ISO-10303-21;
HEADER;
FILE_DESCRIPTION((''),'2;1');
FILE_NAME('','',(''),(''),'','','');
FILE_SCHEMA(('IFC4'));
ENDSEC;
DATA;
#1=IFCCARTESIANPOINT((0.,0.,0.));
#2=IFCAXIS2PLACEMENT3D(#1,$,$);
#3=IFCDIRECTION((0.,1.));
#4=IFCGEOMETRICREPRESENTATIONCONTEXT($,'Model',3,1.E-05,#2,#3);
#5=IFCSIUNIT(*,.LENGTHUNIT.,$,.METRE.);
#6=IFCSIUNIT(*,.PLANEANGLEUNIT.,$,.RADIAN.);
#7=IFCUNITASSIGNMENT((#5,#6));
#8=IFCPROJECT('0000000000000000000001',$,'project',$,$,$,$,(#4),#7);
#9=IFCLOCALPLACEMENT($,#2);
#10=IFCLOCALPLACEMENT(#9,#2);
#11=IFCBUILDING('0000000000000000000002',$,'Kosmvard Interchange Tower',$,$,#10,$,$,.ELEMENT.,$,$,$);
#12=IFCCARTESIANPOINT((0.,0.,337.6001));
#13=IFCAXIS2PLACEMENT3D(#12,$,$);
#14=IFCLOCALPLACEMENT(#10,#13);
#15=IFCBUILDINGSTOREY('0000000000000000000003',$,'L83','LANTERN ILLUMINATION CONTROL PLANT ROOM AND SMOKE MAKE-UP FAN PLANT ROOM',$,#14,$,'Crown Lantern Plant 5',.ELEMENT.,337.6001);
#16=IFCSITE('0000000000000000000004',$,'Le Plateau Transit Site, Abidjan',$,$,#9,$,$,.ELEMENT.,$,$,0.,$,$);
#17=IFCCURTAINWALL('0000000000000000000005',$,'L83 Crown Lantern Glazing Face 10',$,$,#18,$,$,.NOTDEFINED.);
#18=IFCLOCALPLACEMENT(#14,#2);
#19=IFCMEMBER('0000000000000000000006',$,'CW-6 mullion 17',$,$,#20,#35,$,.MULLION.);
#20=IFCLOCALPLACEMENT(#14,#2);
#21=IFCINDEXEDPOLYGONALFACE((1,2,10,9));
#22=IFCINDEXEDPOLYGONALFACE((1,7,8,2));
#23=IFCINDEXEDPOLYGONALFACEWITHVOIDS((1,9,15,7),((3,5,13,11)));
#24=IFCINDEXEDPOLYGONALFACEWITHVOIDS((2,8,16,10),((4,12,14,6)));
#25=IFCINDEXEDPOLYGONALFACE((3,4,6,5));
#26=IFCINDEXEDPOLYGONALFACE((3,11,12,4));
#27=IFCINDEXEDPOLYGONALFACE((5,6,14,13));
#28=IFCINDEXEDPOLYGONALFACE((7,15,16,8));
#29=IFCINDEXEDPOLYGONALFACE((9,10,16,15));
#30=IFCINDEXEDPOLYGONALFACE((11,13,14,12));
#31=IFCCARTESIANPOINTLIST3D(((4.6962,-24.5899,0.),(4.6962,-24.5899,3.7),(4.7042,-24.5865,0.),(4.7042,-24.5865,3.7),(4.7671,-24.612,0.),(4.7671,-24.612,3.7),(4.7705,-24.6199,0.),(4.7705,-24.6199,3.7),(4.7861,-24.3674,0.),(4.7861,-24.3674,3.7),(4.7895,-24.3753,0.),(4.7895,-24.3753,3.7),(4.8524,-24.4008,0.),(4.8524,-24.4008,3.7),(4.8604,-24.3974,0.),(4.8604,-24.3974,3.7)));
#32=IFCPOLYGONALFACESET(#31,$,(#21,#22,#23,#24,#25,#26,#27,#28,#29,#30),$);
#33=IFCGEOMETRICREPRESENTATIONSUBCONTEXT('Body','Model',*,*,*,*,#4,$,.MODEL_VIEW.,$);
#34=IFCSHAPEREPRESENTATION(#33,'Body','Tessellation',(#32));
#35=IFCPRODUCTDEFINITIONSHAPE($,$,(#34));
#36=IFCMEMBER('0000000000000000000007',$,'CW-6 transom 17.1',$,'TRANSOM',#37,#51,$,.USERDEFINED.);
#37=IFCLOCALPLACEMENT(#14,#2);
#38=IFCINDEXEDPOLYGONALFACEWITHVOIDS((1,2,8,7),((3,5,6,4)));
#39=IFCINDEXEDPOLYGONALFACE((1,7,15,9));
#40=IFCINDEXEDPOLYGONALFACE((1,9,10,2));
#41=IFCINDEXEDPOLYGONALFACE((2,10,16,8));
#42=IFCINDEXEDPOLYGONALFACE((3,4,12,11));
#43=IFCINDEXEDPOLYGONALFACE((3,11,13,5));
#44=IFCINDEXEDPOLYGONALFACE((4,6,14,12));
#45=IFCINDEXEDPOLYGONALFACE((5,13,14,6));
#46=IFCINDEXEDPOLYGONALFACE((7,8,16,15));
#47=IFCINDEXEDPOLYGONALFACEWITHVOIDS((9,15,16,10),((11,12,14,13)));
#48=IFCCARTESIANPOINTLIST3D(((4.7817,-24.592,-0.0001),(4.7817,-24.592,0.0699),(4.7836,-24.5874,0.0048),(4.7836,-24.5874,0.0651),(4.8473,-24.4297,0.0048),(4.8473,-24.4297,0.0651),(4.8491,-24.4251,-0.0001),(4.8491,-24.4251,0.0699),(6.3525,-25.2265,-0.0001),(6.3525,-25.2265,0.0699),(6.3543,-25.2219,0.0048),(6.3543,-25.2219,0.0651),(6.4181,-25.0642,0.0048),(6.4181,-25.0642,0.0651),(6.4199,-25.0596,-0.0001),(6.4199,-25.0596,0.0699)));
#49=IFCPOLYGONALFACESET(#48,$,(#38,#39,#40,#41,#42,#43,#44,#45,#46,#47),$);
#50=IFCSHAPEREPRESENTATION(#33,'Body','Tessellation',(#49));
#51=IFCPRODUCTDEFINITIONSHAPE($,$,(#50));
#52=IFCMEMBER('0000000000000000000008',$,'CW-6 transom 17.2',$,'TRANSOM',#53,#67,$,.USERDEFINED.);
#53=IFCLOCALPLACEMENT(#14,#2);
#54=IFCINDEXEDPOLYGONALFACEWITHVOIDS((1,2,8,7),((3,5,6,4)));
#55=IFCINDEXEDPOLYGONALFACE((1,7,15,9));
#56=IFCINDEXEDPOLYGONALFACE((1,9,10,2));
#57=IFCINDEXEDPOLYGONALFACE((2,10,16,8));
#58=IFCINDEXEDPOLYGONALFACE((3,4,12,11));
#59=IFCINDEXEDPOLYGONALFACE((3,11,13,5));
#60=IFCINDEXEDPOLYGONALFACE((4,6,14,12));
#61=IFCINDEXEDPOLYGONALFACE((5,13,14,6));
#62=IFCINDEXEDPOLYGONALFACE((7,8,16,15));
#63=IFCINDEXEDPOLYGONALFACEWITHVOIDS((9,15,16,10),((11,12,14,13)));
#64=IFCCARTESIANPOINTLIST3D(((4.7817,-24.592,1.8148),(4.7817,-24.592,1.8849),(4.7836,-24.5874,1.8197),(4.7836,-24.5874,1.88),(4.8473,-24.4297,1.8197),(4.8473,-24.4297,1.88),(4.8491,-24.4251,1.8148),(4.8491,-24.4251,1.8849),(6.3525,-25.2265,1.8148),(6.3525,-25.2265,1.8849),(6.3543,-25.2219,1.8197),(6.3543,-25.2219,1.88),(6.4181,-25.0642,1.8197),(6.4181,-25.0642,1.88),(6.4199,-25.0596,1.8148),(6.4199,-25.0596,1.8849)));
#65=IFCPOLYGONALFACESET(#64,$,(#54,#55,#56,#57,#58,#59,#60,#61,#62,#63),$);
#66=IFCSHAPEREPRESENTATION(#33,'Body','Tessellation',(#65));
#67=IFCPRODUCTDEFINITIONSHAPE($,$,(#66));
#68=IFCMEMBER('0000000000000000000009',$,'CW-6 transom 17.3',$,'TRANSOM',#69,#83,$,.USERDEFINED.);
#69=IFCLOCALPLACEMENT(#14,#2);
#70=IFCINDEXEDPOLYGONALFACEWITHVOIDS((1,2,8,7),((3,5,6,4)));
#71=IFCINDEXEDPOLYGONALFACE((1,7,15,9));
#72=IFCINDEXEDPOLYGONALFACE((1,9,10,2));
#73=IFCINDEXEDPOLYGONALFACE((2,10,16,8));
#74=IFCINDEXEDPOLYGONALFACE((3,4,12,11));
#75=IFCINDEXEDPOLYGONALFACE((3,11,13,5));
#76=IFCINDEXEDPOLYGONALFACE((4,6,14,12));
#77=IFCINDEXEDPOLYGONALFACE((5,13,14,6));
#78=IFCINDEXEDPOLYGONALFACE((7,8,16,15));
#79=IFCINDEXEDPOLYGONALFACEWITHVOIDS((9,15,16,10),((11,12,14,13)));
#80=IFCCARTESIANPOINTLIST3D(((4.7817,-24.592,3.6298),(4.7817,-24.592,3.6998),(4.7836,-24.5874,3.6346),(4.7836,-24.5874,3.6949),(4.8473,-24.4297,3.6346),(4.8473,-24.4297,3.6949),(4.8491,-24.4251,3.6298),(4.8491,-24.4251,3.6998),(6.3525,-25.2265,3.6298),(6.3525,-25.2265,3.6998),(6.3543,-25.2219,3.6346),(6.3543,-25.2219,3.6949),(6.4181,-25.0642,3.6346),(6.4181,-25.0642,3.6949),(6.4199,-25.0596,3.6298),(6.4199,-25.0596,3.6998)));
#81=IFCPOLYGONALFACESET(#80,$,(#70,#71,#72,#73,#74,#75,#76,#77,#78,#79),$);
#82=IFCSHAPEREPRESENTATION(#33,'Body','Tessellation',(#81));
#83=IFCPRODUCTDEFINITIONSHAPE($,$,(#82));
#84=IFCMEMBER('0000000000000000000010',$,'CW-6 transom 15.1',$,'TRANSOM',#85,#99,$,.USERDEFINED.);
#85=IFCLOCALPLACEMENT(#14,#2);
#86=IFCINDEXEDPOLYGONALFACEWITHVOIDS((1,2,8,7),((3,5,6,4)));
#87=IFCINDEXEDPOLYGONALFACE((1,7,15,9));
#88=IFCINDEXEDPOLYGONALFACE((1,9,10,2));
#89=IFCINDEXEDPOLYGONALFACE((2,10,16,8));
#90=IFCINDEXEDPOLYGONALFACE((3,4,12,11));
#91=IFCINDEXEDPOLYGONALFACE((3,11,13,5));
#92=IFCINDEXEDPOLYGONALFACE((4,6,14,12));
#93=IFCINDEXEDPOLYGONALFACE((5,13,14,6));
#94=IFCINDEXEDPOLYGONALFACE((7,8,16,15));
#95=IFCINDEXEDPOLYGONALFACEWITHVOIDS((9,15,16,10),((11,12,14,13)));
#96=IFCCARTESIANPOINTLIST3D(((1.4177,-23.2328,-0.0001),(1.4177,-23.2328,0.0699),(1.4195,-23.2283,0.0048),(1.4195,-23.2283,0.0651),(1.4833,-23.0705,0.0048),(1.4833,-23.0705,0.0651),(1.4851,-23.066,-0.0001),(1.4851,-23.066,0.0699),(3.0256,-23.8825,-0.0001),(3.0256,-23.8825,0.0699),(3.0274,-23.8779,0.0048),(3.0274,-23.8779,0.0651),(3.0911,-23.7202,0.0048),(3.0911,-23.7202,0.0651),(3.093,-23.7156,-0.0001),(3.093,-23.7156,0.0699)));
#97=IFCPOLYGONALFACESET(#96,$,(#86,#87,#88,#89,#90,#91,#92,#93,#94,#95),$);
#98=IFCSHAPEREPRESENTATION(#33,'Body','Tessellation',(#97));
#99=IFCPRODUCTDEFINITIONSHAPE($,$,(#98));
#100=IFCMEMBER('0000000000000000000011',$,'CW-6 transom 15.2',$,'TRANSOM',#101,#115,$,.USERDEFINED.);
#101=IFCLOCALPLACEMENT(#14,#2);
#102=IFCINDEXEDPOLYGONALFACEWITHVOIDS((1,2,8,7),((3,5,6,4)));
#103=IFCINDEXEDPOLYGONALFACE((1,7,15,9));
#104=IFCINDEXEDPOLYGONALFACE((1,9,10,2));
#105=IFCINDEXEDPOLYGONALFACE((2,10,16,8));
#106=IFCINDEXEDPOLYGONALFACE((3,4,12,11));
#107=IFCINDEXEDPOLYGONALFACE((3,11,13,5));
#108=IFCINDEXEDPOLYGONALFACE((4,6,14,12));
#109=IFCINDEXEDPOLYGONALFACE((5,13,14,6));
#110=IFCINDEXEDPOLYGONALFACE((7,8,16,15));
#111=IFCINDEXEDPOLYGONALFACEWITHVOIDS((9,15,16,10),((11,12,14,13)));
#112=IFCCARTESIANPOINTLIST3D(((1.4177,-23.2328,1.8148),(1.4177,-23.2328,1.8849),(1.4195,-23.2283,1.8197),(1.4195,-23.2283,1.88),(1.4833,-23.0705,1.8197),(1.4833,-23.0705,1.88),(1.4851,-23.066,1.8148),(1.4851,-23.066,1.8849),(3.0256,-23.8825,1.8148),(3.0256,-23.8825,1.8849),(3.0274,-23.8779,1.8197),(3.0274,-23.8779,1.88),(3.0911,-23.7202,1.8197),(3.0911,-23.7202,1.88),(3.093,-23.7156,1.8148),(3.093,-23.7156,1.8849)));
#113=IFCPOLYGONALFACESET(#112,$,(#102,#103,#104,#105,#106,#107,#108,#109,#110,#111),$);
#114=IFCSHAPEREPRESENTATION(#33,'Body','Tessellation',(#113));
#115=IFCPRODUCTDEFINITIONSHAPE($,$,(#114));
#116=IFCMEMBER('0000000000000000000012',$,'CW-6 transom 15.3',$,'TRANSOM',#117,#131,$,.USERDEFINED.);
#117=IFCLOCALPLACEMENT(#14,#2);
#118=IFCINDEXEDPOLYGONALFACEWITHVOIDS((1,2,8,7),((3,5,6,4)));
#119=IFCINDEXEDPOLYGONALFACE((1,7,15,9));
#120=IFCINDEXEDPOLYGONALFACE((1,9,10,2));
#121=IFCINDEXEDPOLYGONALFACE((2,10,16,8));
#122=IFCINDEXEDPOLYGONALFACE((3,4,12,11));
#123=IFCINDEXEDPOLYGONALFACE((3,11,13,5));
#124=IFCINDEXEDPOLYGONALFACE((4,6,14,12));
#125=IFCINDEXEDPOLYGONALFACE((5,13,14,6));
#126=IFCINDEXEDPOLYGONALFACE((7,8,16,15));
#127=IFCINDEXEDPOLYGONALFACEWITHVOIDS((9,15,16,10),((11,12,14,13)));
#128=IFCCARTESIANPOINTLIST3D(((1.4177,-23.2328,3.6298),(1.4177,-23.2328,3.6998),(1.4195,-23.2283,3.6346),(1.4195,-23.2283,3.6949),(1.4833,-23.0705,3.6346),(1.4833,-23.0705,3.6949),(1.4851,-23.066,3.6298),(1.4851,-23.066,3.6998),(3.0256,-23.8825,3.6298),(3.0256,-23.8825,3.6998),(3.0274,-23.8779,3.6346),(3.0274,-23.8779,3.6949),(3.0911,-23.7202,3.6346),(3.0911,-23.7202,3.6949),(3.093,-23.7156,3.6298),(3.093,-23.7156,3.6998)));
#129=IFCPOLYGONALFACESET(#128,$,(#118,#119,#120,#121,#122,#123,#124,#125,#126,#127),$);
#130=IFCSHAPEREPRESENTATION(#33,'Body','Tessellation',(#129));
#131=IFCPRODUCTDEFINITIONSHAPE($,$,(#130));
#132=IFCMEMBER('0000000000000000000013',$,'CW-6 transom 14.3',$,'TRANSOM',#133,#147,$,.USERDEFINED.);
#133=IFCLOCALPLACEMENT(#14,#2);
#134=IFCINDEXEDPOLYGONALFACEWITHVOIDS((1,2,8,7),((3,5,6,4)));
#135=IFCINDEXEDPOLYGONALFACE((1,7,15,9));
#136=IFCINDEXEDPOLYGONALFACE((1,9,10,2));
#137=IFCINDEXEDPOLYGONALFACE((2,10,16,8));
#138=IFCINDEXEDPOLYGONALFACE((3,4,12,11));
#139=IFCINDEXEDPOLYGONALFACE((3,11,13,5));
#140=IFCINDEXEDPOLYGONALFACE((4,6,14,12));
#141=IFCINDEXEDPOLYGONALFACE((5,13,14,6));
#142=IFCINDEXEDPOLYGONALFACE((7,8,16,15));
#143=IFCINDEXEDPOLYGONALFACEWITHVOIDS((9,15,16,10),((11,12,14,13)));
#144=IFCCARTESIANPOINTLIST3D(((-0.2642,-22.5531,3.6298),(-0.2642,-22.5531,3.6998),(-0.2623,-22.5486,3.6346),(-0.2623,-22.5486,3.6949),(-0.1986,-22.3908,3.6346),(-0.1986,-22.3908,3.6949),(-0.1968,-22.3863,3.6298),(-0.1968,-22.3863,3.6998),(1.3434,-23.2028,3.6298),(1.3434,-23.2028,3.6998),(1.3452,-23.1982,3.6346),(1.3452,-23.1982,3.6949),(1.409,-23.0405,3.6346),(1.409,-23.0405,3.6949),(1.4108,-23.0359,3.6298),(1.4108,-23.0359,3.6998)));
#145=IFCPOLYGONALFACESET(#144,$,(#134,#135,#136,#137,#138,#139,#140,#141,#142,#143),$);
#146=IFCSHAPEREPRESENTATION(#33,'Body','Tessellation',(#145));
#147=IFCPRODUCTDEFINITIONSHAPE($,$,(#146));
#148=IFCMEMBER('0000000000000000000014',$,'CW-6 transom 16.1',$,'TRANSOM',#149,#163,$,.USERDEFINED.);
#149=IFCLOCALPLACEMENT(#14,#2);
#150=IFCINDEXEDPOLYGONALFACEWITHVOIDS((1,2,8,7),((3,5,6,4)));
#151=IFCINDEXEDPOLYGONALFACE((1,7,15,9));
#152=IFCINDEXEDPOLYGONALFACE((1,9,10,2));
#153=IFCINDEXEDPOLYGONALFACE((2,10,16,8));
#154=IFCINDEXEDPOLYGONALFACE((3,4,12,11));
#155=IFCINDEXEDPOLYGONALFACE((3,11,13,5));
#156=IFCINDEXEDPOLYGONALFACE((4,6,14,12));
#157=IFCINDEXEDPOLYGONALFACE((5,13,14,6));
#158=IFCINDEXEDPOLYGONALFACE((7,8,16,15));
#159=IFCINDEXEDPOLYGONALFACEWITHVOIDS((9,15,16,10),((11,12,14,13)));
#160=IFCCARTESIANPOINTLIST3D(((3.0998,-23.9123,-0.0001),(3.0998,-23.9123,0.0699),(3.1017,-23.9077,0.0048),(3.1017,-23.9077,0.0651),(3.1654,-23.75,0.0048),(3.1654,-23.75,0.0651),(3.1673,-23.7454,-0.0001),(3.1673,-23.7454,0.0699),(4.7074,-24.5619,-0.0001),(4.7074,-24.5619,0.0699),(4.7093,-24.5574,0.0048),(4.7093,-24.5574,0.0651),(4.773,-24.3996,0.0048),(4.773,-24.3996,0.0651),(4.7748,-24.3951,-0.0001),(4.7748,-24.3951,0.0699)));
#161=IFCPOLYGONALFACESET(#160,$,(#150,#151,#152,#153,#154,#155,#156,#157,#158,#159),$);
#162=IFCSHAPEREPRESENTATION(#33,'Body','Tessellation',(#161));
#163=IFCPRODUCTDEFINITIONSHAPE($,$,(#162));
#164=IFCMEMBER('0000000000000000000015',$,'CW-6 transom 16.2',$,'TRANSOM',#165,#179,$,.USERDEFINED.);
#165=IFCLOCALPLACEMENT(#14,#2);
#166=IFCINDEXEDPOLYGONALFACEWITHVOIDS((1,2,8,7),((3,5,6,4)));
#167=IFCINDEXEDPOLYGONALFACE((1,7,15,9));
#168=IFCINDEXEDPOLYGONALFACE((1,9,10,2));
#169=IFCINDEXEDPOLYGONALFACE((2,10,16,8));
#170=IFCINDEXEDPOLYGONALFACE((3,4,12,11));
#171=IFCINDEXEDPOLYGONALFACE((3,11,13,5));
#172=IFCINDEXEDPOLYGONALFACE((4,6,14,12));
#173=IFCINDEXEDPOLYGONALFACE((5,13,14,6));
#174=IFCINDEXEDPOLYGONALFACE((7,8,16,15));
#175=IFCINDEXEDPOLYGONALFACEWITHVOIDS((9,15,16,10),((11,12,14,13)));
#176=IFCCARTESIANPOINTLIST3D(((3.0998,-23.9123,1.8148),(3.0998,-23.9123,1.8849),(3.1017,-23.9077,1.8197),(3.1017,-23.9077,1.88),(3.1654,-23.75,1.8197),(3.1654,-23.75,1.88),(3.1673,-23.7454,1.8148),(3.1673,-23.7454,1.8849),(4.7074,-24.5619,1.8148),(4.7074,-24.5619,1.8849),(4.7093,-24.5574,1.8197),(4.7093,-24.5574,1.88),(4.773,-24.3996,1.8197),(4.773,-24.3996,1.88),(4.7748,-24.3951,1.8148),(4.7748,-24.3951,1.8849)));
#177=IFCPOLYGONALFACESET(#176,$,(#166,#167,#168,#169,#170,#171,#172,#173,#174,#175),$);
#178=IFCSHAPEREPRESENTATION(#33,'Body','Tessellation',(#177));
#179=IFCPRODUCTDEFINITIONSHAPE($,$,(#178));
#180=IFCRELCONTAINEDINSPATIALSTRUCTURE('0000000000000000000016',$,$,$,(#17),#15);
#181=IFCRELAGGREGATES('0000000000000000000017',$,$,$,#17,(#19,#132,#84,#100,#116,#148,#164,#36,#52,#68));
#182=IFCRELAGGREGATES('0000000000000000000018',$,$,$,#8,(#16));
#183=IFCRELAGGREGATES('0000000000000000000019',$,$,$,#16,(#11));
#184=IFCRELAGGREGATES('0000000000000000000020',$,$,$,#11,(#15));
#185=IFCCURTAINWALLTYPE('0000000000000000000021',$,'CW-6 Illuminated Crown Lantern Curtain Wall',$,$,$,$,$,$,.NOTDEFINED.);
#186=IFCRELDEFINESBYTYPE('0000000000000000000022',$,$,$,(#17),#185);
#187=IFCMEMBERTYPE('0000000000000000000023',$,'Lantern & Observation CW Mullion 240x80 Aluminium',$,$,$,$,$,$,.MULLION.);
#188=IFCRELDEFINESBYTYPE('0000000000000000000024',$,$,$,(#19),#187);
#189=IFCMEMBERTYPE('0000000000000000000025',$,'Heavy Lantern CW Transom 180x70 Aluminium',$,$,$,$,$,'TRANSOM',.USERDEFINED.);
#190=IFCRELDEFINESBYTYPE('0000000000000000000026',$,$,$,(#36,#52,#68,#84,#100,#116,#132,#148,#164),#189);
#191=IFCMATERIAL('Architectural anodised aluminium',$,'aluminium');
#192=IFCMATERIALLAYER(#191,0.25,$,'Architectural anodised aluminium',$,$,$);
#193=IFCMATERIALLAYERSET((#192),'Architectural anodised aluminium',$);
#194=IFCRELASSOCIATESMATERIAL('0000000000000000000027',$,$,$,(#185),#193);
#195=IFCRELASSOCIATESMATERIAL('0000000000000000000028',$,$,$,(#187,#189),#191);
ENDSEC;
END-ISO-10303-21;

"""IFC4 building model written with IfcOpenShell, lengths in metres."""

from ifc_helpers import new_model, si_unit, direction, frame, origin, origin_2d, place, context, subcontext, project, spatial, hollow_rectangle, extrude, source, transform, mapped, material, layer, layer_set, material_profile, profile_set, type_object, element, aggregate, save


model = new_model("IFC4")

# Units and contexts
model_context = context("Model", 3, precision=1e-05, world=origin(), true_north=direction((0.0, 1.0)))
body_context = subcontext(model_context, "Body", "Model", "MODEL_VIEW")
ifc_project = project(units=[si_unit("LENGTHUNIT", "METRE"), si_unit("PLANEANGLEUNIT", "RADIAN")], contexts=[model_context])

# Site, building, storey
site_placement = place(None, origin())
site = spatial("IfcSite", under=ifc_project, at=site_placement, Name="Le Plateau Transit Site, Abidjan", CompositionType="ELEMENT", RefElevation=0.0)
building_placement = place(site_placement, origin())
building = spatial("IfcBuilding", under=site, at=building_placement, Name="Kosmvard Interchange Tower", CompositionType="ELEMENT")
storey_placement = place(building_placement, frame((0.0, 0.0, 337.6001)))
storey = spatial("IfcBuildingStorey", under=building, at=storey_placement, Name="L83", Description="LANTERN ILLUMINATION CONTROL PLANT ROOM AND SMOKE MAKE-UP FAN PLANT ROOM", LongName="Crown Lantern Plant 5", CompositionType="ELEMENT", Elevation=337.6001)

# Curtain wall, members
ifc_material_1 = material(Name="Architectural anodised aluminium", Category="aluminium")
ifc_layer_1 = layer(ifc_material_1, 0.25, Name="Architectural anodised aluminium")
ifc_layer_set_1 = layer_set([ifc_layer_1], Name="Architectural anodised aluminium")
curtain_wall_type = type_object("IfcCurtainWallType", Name="CW-6 Illuminated Crown Lantern Curtain Wall", PredefinedType="NOTDEFINED", material=ifc_layer_set_1)
curtain_wall_placement = place(storey_placement, origin())
curtain_wall = element("IfcCurtainWall", 1, at=curtain_wall_placement, inside=storey, type_object=curtain_wall_type, Name="L83 Crown Lantern Glazing Face 10", PredefinedType="NOTDEFINED")
ifc_material_profile_1 = material_profile(ifc_material_1, hollow_rectangle(XDim=0.24, YDim=0.0801, WallThickness=0.0061, at=origin_2d()), Name="CWM 240x80x6")
ifc_profile_set_1 = profile_set([ifc_material_profile_1], Name="Architectural anodised aluminium")
member_type_1 = type_object("IfcMemberType", Name="Lantern & Observation CW Mullion 240x80 Aluminium", PredefinedType="MULLION", material=ifc_profile_set_1)
shared_shape_1 = source(origin(), body_context, "Body", "SweptSolid", [
    extrude(hollow_rectangle(XDim=0.24, YDim=0.0801, WallThickness=0.0061, at=origin_2d()), origin(), (0.0, 0.0, 1.0), 3.7),
])
member_1_placement = place(storey_placement, frame((4.7783, -24.4937, 0.0), z_axis=(0.0, 0.0, 1.0), x_axis=(0.374607, 0.927184, 0.0)))
member_1 = element("IfcMember", 2, at=member_1_placement, type_object=member_type_1, Name="CW-6 mullion 17", PredefinedType="MULLION", context=body_context, shape_type="MappedRepresentation", body=[
    mapped(shared_shape_1, transform((0.0, 0.0, 0.0), scale=1.0)),
])
ifc_material_profile_2 = material_profile(ifc_material_1, hollow_rectangle(XDim=0.1799, YDim=0.0701, WallThickness=0.0049, at=origin_2d()), Name="CWT 180x70x5")
ifc_profile_set_2 = profile_set([ifc_material_profile_2], Name="Architectural anodised aluminium")
member_type_2 = type_object("IfcMemberType", Name="Heavy Lantern CW Transom 180x70 Aluminium", ElementType="TRANSOM", PredefinedType="USERDEFINED", material=ifc_profile_set_2)
shared_shape_2 = source(origin(), body_context, "Body", "SweptSolid", [
    extrude(hollow_rectangle(XDim=0.1799, YDim=0.0701, WallThickness=0.0049, at=origin_2d()), origin(), (0.0, 0.0, 1.0), 1.6941),
])
member_2_placement = place(storey_placement, frame((4.8154, -24.5085, 0.0349), z_axis=(0.927209, -0.374544, 0.0), x_axis=(0.374544, 0.927209, 0.0)))
member_2 = element("IfcMember", 3, at=member_2_placement, type_object=member_type_2, Name="CW-6 transom 17.1", ObjectType="TRANSOM", PredefinedType="USERDEFINED", context=body_context, shape_type="MappedRepresentation", body=[
    mapped(shared_shape_2, transform((0.0, 0.0, 0.0), scale=1.0)),
])
member_3_placement = place(storey_placement, frame((4.8154, -24.5085, 1.8499), z_axis=(0.927209, -0.374544, 0.0), x_axis=(0.374544, 0.927209, 0.0)))
member_3 = element("IfcMember", 4, at=member_3_placement, type_object=member_type_2, Name="CW-6 transom 17.2", ObjectType="TRANSOM", PredefinedType="USERDEFINED", context=body_context, shape_type="MappedRepresentation", body=[
    mapped(shared_shape_2, transform((0.0, 0.0, 0.0), scale=1.0)),
])
member_4_placement = place(storey_placement, frame((4.8154, -24.5085, 3.6648), z_axis=(0.927209, -0.374544, 0.0), x_axis=(0.374544, 0.927209, 0.0)))
member_4 = element("IfcMember", 5, at=member_4_placement, type_object=member_type_2, Name="CW-6 transom 17.3", ObjectType="TRANSOM", PredefinedType="USERDEFINED", context=body_context, shape_type="MappedRepresentation", body=[
    mapped(shared_shape_2, transform((0.0, 0.0, 0.0), scale=1.0)),
])
shared_shape_3 = source(origin(), body_context, "Body", "SweptSolid", [
    extrude(hollow_rectangle(XDim=0.1799, YDim=0.0701, WallThickness=0.0049, at=origin_2d()), origin(), (0.0, 0.0, 1.0), 1.7341),
])
member_5_placement = place(storey_placement, frame((1.4514, -23.1494, 0.0349), z_axis=(0.92718, -0.374617, 0.0), x_axis=(0.374617, 0.92718, 0.0)))
member_5 = element("IfcMember", 6, at=member_5_placement, type_object=member_type_2, Name="CW-6 transom 15.1", ObjectType="TRANSOM", PredefinedType="USERDEFINED", context=body_context, shape_type="MappedRepresentation", body=[
    mapped(shared_shape_3, transform((0.0, 0.0, 0.0), scale=1.0)),
])
member_6_placement = place(storey_placement, frame((1.4514, -23.1494, 1.8499), z_axis=(0.92718, -0.374617, 0.0), x_axis=(0.374617, 0.92718, 0.0)))
member_6 = element("IfcMember", 7, at=member_6_placement, type_object=member_type_2, Name="CW-6 transom 15.2", ObjectType="TRANSOM", PredefinedType="USERDEFINED", context=body_context, shape_type="MappedRepresentation", body=[
    mapped(shared_shape_3, transform((0.0, 0.0, 0.0), scale=1.0)),
])
member_7_placement = place(storey_placement, frame((1.4514, -23.1494, 3.6648), z_axis=(0.92718, -0.374617, 0.0), x_axis=(0.374617, 0.92718, 0.0)))
member_7 = element("IfcMember", 8, at=member_7_placement, type_object=member_type_2, Name="CW-6 transom 15.3", ObjectType="TRANSOM", PredefinedType="USERDEFINED", context=body_context, shape_type="MappedRepresentation", body=[
    mapped(shared_shape_3, transform((0.0, 0.0, 0.0), scale=1.0)),
])
shared_shape_4 = source(origin(), body_context, "Body", "SweptSolid", [
    extrude(hollow_rectangle(XDim=0.1799, YDim=0.0701, WallThickness=0.0049, at=origin_2d()), origin(), (0.0, 0.0, 1.0), 1.7339),
])
member_8_placement = place(storey_placement, frame((-0.2305, -22.4697, 3.6648), z_axis=(0.92716, -0.374666, 0.0), x_axis=(0.374666, 0.92716, 0.0)))
member_8 = element("IfcMember", 9, at=member_8_placement, type_object=member_type_2, Name="CW-6 transom 14.3", ObjectType="TRANSOM", PredefinedType="USERDEFINED", context=body_context, shape_type="MappedRepresentation", body=[
    mapped(shared_shape_4, transform((0.0, 0.0, 0.0), scale=1.0)),
])
member_9_placement = place(storey_placement, frame((3.1335, -23.8289, 0.0349), z_axis=(0.92716, -0.374666, 0.0), x_axis=(0.374666, 0.92716, 0.0)))
member_9 = element("IfcMember", 10, at=member_9_placement, type_object=member_type_2, Name="CW-6 transom 16.1", ObjectType="TRANSOM", PredefinedType="USERDEFINED", context=body_context, shape_type="MappedRepresentation", body=[
    mapped(shared_shape_4, transform((0.0, 0.0, 0.0), scale=1.0)),
])
member_10_placement = place(storey_placement, frame((3.1335, -23.8289, 1.8499), z_axis=(0.92716, -0.374666, 0.0), x_axis=(0.374666, 0.92716, 0.0)))
member_10 = element("IfcMember", 11, at=member_10_placement, type_object=member_type_2, Name="CW-6 transom 16.2", ObjectType="TRANSOM", PredefinedType="USERDEFINED", context=body_context, shape_type="MappedRepresentation", body=[
    mapped(shared_shape_4, transform((0.0, 0.0, 0.0), scale=1.0)),
])
aggregate(curtain_wall, [member_1, member_8, member_5, member_6, member_7, member_9, member_10, member_2, member_3, member_4])

save(model, "model.ifc")
